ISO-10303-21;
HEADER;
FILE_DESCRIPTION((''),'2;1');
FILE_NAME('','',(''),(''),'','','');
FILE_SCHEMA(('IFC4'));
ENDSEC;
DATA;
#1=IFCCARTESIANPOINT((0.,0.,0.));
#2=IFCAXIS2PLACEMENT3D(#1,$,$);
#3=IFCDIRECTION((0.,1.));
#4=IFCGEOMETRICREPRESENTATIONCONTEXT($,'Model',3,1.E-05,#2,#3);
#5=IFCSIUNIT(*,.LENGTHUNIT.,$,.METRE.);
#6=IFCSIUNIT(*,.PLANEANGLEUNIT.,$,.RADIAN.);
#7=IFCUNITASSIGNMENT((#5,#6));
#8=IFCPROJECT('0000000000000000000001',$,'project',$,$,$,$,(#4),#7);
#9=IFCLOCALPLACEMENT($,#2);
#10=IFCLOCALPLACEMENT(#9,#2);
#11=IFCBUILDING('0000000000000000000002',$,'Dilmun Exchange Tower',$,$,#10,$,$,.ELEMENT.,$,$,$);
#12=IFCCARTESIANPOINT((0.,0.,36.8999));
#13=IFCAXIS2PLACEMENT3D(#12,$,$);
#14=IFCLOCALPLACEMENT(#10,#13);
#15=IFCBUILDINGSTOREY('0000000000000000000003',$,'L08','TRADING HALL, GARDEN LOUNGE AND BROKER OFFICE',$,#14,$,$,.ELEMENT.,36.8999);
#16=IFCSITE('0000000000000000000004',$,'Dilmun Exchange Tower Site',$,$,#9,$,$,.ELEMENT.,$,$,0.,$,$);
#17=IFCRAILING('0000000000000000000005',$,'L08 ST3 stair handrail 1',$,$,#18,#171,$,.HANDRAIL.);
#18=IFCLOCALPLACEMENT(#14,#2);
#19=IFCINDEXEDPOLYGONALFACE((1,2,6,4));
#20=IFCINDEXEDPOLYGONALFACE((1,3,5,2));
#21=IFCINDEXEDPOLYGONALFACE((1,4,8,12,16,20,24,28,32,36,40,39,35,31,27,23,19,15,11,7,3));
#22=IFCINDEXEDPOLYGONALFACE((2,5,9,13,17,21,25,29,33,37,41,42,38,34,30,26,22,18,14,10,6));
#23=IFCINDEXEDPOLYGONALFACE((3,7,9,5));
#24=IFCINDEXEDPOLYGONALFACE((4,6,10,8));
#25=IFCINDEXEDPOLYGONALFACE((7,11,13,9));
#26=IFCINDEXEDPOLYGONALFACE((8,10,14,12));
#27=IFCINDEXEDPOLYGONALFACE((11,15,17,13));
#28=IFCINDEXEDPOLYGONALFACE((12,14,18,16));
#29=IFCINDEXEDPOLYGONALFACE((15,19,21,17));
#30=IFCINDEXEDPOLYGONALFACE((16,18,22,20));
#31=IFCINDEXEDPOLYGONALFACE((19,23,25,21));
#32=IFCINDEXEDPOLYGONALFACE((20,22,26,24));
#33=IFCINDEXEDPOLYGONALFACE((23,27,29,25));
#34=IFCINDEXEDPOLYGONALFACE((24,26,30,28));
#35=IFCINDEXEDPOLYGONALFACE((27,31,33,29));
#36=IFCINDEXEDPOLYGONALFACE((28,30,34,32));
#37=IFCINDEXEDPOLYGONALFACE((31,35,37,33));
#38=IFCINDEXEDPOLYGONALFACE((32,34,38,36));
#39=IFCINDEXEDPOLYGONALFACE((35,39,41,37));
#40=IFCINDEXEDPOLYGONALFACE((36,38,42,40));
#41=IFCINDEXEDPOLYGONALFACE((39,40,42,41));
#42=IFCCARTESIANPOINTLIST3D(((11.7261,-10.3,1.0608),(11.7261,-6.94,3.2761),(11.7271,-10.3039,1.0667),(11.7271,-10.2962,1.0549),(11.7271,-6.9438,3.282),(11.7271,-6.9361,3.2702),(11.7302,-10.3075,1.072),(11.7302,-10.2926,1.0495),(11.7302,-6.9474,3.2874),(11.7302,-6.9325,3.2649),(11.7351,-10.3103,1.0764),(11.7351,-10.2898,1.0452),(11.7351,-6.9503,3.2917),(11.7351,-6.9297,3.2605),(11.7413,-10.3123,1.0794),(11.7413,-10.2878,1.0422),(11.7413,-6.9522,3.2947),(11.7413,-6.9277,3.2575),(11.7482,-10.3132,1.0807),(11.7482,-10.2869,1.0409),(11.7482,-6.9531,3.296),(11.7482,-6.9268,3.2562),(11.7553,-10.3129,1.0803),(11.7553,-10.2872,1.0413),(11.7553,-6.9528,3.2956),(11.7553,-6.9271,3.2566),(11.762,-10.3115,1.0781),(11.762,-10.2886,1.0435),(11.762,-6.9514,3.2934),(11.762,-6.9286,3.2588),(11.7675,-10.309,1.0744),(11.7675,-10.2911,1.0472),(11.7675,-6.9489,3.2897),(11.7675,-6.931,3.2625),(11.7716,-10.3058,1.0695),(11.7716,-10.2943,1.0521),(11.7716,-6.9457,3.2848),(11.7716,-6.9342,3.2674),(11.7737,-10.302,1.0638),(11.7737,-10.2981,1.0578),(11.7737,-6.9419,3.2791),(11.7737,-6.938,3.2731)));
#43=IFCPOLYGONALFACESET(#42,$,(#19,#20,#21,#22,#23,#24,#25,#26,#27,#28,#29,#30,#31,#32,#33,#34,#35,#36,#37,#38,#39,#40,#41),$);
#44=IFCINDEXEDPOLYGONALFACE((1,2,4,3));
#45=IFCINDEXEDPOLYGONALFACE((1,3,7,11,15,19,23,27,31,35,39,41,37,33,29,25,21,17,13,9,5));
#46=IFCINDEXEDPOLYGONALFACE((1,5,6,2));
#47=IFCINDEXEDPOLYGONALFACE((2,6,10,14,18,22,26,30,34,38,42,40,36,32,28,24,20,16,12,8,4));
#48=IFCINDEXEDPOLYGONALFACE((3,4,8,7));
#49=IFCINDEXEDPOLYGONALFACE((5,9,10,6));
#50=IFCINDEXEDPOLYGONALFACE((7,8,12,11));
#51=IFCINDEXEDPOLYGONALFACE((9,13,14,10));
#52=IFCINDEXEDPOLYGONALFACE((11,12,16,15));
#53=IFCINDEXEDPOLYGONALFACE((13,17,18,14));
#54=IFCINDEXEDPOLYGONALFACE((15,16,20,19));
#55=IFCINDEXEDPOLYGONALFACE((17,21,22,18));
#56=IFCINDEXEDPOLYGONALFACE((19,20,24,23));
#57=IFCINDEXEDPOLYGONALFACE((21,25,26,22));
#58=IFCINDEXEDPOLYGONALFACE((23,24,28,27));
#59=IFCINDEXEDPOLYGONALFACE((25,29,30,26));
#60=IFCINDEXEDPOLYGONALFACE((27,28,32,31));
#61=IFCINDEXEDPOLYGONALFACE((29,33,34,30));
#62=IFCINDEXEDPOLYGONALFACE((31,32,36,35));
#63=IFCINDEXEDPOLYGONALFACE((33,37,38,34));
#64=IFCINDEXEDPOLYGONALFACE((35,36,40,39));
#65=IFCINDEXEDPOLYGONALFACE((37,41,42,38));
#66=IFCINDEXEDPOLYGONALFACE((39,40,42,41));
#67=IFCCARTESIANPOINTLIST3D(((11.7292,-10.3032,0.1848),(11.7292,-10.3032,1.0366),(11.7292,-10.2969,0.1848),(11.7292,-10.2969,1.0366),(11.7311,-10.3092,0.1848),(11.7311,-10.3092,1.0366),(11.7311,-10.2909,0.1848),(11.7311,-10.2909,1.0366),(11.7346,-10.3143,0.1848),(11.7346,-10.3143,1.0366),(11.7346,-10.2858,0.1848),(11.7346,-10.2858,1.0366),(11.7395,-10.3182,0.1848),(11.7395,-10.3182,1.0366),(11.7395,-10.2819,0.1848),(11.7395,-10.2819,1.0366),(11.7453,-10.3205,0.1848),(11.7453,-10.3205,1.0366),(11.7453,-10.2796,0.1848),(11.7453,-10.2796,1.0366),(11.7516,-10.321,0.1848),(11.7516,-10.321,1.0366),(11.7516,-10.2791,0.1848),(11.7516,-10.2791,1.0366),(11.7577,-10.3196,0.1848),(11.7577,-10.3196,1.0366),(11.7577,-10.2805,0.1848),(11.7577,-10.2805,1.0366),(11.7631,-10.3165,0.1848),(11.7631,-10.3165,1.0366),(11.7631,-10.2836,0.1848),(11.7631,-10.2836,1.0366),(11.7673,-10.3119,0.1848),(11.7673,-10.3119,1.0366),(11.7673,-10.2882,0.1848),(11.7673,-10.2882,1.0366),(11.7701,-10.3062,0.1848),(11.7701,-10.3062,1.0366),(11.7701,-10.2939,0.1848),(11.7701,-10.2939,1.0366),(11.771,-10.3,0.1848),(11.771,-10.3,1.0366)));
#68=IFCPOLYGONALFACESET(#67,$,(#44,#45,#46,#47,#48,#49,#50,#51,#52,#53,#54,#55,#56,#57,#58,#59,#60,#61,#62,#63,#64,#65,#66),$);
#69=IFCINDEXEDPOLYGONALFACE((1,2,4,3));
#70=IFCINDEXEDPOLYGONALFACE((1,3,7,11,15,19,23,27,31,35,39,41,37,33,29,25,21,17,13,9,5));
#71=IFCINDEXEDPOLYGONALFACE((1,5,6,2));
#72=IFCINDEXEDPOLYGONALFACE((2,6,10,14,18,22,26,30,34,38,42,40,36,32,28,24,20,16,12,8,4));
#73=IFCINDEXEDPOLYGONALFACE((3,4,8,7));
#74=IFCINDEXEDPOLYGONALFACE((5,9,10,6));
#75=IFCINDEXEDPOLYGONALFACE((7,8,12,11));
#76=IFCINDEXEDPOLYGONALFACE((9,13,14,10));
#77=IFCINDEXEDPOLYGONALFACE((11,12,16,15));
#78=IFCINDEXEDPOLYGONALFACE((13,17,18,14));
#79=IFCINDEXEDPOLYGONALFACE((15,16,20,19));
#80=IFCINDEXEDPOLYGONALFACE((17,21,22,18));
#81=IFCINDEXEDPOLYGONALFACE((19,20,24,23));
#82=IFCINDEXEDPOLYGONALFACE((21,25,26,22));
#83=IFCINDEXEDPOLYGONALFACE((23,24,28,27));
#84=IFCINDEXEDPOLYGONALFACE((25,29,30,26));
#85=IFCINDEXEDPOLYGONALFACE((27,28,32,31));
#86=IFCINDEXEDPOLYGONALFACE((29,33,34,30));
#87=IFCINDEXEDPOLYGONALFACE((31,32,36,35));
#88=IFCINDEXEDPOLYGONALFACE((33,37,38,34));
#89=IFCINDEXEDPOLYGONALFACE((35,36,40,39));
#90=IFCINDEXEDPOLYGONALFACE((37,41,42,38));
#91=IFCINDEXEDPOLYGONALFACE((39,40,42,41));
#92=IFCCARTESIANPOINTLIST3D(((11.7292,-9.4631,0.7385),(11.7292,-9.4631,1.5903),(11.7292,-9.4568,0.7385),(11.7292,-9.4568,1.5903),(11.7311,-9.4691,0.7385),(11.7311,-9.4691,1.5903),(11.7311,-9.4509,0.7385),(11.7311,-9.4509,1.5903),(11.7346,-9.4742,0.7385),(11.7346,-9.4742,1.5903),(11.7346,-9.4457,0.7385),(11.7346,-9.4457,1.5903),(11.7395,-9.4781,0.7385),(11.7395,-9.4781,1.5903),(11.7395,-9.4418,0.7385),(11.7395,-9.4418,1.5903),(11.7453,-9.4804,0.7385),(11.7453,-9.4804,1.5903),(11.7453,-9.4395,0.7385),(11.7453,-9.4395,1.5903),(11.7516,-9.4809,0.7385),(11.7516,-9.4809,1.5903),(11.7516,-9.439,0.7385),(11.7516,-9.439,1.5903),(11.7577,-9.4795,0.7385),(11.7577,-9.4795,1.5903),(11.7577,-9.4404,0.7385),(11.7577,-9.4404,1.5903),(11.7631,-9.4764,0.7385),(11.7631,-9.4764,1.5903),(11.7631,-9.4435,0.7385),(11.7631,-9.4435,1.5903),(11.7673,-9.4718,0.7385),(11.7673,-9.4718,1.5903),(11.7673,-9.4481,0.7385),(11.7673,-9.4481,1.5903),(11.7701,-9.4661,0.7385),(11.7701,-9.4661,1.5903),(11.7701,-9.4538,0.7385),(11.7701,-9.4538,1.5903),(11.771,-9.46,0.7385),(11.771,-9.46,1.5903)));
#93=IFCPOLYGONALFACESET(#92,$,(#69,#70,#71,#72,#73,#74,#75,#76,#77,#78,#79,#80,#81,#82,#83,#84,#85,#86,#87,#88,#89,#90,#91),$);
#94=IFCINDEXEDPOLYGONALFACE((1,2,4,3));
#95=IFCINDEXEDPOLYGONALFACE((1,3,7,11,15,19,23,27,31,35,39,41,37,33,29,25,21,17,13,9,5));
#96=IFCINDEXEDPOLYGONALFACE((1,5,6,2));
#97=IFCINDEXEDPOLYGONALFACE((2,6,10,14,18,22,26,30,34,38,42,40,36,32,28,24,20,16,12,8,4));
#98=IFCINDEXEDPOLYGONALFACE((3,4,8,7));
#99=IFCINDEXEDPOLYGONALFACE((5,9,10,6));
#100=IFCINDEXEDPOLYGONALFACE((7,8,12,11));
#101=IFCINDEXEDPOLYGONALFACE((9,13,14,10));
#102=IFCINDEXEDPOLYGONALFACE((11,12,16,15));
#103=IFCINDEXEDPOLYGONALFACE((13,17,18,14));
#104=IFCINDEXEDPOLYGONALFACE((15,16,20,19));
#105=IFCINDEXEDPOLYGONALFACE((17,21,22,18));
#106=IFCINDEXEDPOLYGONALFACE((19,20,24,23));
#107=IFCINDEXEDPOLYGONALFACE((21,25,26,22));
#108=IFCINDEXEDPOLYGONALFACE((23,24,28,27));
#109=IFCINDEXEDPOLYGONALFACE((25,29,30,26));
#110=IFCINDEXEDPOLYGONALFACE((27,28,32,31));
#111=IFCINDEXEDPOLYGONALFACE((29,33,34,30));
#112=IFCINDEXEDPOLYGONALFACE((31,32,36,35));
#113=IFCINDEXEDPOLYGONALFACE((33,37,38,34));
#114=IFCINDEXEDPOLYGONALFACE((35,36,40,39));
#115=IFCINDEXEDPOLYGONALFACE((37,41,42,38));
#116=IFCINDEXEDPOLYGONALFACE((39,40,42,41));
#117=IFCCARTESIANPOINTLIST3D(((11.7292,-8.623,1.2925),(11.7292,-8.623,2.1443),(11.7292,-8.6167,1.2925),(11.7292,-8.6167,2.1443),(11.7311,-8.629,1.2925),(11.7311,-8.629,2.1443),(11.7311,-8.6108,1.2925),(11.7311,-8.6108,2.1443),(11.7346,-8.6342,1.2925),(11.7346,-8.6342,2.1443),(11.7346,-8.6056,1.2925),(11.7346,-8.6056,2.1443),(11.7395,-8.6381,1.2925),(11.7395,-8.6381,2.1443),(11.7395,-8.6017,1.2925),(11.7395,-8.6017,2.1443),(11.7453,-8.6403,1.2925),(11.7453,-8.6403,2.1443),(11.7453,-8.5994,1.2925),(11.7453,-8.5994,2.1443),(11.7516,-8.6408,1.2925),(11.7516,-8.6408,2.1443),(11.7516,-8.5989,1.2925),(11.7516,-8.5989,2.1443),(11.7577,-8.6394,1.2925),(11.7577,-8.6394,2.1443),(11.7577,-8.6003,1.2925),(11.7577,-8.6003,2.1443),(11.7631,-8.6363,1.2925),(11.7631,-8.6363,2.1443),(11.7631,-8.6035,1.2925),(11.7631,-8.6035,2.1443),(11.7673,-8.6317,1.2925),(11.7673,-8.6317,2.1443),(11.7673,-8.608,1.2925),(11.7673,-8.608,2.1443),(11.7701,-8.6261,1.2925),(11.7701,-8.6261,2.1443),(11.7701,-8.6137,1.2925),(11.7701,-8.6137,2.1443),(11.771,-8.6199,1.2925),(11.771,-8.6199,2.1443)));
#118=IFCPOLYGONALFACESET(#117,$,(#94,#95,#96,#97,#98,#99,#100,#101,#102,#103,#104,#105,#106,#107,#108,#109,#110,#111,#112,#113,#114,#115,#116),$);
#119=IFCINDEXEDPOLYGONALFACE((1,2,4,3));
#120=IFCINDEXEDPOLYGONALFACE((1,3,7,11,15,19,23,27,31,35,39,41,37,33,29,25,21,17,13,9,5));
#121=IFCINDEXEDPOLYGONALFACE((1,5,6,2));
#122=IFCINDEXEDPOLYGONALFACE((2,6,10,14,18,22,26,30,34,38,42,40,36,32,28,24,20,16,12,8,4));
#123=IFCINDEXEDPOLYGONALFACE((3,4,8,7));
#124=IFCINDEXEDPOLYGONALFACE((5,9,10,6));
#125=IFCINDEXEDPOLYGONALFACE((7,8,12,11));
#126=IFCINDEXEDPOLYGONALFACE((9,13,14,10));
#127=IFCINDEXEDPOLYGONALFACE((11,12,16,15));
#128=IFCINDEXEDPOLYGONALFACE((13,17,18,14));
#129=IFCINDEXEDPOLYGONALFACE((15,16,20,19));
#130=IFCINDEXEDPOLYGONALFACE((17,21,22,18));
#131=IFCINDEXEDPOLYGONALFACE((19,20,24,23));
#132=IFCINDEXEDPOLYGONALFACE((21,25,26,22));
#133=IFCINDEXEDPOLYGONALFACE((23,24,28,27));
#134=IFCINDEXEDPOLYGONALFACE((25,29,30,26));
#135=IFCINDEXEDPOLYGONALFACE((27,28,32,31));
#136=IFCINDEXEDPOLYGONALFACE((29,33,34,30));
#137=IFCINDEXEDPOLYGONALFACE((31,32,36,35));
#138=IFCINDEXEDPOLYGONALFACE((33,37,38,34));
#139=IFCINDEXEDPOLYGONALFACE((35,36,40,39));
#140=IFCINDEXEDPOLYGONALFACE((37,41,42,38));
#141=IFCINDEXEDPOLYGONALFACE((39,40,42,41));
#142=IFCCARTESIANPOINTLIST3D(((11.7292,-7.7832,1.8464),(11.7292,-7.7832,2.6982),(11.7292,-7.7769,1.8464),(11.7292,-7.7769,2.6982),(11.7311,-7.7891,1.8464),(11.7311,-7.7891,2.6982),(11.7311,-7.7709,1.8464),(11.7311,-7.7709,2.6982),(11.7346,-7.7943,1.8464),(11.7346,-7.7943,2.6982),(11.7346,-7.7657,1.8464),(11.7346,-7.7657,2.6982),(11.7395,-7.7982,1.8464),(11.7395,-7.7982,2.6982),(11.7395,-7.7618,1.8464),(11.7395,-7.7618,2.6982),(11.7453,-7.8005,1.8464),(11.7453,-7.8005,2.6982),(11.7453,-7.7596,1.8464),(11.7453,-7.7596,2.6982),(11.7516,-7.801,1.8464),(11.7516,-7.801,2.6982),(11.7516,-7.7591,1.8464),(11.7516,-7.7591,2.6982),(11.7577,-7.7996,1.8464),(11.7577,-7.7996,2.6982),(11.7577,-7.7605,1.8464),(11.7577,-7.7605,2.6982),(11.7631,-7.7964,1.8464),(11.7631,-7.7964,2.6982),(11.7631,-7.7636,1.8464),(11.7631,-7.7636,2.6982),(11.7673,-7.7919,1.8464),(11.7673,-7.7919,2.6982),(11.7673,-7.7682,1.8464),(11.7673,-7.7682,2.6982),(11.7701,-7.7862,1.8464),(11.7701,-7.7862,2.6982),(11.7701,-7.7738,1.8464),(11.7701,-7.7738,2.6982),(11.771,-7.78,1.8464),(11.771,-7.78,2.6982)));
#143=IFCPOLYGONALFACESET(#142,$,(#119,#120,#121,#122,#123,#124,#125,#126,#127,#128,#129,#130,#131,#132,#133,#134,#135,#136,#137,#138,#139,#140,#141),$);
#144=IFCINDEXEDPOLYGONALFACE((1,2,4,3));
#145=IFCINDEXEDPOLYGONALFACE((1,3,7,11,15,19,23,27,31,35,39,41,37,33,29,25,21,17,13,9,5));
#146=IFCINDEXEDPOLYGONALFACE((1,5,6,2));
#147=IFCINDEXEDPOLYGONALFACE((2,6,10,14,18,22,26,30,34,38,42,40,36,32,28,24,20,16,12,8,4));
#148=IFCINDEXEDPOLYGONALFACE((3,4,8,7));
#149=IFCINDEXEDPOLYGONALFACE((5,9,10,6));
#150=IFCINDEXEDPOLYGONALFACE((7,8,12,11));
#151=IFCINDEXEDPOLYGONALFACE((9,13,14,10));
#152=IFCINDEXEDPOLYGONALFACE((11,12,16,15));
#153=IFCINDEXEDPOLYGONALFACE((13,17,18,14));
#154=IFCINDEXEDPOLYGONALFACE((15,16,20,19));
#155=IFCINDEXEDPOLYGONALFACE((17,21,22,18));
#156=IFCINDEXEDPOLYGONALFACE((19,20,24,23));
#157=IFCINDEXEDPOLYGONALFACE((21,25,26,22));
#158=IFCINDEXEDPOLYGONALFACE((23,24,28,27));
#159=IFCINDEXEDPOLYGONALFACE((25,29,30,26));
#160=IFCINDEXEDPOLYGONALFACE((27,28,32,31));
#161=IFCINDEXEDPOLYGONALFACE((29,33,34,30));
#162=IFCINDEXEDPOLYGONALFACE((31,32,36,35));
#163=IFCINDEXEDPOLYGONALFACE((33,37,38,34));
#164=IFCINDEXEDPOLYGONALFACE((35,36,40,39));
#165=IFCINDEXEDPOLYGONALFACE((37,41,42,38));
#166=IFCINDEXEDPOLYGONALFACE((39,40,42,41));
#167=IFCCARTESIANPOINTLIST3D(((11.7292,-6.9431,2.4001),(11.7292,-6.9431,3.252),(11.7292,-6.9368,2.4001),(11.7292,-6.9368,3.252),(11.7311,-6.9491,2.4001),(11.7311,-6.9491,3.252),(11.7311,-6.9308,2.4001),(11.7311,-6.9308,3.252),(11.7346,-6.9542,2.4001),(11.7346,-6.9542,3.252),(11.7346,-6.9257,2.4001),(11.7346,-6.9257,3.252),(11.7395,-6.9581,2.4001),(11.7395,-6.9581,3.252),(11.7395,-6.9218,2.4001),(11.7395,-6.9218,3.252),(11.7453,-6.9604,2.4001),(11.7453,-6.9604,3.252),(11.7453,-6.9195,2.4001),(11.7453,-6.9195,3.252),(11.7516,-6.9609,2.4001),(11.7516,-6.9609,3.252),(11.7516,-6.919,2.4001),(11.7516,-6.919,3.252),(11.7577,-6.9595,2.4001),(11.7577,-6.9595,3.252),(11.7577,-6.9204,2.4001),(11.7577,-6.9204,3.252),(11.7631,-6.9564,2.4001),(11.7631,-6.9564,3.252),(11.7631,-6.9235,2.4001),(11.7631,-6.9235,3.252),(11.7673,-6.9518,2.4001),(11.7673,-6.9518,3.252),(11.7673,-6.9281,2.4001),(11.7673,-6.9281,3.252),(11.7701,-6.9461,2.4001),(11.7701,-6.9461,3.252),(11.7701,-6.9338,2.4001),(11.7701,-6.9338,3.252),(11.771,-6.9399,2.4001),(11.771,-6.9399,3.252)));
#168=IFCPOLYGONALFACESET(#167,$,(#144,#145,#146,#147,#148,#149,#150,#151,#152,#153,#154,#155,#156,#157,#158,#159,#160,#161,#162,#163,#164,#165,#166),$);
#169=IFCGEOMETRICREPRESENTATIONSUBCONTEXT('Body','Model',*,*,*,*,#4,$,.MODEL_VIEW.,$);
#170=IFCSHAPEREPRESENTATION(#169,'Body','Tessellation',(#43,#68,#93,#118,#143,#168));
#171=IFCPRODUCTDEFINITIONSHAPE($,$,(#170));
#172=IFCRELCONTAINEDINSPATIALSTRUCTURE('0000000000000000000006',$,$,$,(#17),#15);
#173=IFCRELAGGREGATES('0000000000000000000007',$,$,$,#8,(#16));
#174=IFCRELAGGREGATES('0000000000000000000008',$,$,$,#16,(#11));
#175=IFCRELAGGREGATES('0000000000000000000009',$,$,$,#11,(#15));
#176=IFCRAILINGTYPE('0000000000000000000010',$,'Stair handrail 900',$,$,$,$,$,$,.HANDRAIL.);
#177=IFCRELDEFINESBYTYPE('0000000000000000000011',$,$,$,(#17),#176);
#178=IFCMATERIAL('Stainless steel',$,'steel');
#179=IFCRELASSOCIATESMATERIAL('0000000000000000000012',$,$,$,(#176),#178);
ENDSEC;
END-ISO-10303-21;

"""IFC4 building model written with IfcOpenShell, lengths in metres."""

from ifc_helpers import new_model, si_unit, direction, frame, origin, origin_2d, place, context, subcontext, project, spatial, circle, extrude, material, type_object, element, save


model = new_model("IFC4")

# Units and contexts
model_context = context("Model", 3, precision=1e-05, world=origin(), true_north=direction((0.0, 1.0)))
body_context = subcontext(model_context, "Body", "Model", "MODEL_VIEW")
ifc_project = project(units=[si_unit("LENGTHUNIT", "METRE"), si_unit("PLANEANGLEUNIT", "RADIAN")], contexts=[model_context])

# Site, building, storey
site_placement = place(None, origin())
site = spatial("IfcSite", under=ifc_project, at=site_placement, Name="Dilmun Exchange Tower Site", CompositionType="ELEMENT", RefElevation=0.0)
building_placement = place(site_placement, origin())
building = spatial("IfcBuilding", under=site, at=building_placement, Name="Dilmun Exchange Tower", CompositionType="ELEMENT")
storey_placement = place(building_placement, frame((0.0, 0.0, 36.8999)))
storey = spatial("IfcBuildingStorey", under=building, at=storey_placement, Name="L08", Description="TRADING HALL, GARDEN LOUNGE AND BROKER OFFICE", CompositionType="ELEMENT", Elevation=36.8999)

# Railing
ifc_material_1 = material(Name="Stainless steel", Category="steel")
railing_type = type_object("IfcRailingType", Name="Stair handrail 900", PredefinedType="HANDRAIL", material=ifc_material_1)
railing_placement = place(storey_placement, frame((11.75, -10.3, 0.1848)))
element("IfcRailing", 1, at=railing_placement, inside=storey, type_object=railing_type, Name="L08 ST3 stair handrail 1", PredefinedType="HANDRAIL", context=body_context, shape_type="SweptSolid", body=[
    extrude(circle(Radius=0.0239, at=origin_2d()), frame((0.0, 0.0, 0.876), z_axis=(0.0, 0.834876, 0.550437), x_axis=(-1.0, 0.0, 0.0)), (0.0, 0.0, 1.0), 4.0247),
    extrude(circle(Radius=0.021, at=origin_2d()), origin(), (0.0, 0.0, 1.0), 0.8518),
    extrude(circle(Radius=0.021, at=origin_2d()), frame((0.0, 0.8401, 0.5537)), (0.0, 0.0, 1.0), 0.8518),
    extrude(circle(Radius=0.021, at=origin_2d()), frame((0.0, 1.6802, 1.1077)), (0.0, 0.0, 1.0), 0.8518),
    extrude(circle(Radius=0.021, at=origin_2d()), frame((0.0, 2.52, 1.6616)), (0.0, 0.0, 1.0), 0.8518),
    extrude(circle(Radius=0.021, at=origin_2d()), frame((0.0, 3.3601, 2.2153)), (0.0, 0.0, 1.0), 0.8518),
])

save(model, "model.ifc")
